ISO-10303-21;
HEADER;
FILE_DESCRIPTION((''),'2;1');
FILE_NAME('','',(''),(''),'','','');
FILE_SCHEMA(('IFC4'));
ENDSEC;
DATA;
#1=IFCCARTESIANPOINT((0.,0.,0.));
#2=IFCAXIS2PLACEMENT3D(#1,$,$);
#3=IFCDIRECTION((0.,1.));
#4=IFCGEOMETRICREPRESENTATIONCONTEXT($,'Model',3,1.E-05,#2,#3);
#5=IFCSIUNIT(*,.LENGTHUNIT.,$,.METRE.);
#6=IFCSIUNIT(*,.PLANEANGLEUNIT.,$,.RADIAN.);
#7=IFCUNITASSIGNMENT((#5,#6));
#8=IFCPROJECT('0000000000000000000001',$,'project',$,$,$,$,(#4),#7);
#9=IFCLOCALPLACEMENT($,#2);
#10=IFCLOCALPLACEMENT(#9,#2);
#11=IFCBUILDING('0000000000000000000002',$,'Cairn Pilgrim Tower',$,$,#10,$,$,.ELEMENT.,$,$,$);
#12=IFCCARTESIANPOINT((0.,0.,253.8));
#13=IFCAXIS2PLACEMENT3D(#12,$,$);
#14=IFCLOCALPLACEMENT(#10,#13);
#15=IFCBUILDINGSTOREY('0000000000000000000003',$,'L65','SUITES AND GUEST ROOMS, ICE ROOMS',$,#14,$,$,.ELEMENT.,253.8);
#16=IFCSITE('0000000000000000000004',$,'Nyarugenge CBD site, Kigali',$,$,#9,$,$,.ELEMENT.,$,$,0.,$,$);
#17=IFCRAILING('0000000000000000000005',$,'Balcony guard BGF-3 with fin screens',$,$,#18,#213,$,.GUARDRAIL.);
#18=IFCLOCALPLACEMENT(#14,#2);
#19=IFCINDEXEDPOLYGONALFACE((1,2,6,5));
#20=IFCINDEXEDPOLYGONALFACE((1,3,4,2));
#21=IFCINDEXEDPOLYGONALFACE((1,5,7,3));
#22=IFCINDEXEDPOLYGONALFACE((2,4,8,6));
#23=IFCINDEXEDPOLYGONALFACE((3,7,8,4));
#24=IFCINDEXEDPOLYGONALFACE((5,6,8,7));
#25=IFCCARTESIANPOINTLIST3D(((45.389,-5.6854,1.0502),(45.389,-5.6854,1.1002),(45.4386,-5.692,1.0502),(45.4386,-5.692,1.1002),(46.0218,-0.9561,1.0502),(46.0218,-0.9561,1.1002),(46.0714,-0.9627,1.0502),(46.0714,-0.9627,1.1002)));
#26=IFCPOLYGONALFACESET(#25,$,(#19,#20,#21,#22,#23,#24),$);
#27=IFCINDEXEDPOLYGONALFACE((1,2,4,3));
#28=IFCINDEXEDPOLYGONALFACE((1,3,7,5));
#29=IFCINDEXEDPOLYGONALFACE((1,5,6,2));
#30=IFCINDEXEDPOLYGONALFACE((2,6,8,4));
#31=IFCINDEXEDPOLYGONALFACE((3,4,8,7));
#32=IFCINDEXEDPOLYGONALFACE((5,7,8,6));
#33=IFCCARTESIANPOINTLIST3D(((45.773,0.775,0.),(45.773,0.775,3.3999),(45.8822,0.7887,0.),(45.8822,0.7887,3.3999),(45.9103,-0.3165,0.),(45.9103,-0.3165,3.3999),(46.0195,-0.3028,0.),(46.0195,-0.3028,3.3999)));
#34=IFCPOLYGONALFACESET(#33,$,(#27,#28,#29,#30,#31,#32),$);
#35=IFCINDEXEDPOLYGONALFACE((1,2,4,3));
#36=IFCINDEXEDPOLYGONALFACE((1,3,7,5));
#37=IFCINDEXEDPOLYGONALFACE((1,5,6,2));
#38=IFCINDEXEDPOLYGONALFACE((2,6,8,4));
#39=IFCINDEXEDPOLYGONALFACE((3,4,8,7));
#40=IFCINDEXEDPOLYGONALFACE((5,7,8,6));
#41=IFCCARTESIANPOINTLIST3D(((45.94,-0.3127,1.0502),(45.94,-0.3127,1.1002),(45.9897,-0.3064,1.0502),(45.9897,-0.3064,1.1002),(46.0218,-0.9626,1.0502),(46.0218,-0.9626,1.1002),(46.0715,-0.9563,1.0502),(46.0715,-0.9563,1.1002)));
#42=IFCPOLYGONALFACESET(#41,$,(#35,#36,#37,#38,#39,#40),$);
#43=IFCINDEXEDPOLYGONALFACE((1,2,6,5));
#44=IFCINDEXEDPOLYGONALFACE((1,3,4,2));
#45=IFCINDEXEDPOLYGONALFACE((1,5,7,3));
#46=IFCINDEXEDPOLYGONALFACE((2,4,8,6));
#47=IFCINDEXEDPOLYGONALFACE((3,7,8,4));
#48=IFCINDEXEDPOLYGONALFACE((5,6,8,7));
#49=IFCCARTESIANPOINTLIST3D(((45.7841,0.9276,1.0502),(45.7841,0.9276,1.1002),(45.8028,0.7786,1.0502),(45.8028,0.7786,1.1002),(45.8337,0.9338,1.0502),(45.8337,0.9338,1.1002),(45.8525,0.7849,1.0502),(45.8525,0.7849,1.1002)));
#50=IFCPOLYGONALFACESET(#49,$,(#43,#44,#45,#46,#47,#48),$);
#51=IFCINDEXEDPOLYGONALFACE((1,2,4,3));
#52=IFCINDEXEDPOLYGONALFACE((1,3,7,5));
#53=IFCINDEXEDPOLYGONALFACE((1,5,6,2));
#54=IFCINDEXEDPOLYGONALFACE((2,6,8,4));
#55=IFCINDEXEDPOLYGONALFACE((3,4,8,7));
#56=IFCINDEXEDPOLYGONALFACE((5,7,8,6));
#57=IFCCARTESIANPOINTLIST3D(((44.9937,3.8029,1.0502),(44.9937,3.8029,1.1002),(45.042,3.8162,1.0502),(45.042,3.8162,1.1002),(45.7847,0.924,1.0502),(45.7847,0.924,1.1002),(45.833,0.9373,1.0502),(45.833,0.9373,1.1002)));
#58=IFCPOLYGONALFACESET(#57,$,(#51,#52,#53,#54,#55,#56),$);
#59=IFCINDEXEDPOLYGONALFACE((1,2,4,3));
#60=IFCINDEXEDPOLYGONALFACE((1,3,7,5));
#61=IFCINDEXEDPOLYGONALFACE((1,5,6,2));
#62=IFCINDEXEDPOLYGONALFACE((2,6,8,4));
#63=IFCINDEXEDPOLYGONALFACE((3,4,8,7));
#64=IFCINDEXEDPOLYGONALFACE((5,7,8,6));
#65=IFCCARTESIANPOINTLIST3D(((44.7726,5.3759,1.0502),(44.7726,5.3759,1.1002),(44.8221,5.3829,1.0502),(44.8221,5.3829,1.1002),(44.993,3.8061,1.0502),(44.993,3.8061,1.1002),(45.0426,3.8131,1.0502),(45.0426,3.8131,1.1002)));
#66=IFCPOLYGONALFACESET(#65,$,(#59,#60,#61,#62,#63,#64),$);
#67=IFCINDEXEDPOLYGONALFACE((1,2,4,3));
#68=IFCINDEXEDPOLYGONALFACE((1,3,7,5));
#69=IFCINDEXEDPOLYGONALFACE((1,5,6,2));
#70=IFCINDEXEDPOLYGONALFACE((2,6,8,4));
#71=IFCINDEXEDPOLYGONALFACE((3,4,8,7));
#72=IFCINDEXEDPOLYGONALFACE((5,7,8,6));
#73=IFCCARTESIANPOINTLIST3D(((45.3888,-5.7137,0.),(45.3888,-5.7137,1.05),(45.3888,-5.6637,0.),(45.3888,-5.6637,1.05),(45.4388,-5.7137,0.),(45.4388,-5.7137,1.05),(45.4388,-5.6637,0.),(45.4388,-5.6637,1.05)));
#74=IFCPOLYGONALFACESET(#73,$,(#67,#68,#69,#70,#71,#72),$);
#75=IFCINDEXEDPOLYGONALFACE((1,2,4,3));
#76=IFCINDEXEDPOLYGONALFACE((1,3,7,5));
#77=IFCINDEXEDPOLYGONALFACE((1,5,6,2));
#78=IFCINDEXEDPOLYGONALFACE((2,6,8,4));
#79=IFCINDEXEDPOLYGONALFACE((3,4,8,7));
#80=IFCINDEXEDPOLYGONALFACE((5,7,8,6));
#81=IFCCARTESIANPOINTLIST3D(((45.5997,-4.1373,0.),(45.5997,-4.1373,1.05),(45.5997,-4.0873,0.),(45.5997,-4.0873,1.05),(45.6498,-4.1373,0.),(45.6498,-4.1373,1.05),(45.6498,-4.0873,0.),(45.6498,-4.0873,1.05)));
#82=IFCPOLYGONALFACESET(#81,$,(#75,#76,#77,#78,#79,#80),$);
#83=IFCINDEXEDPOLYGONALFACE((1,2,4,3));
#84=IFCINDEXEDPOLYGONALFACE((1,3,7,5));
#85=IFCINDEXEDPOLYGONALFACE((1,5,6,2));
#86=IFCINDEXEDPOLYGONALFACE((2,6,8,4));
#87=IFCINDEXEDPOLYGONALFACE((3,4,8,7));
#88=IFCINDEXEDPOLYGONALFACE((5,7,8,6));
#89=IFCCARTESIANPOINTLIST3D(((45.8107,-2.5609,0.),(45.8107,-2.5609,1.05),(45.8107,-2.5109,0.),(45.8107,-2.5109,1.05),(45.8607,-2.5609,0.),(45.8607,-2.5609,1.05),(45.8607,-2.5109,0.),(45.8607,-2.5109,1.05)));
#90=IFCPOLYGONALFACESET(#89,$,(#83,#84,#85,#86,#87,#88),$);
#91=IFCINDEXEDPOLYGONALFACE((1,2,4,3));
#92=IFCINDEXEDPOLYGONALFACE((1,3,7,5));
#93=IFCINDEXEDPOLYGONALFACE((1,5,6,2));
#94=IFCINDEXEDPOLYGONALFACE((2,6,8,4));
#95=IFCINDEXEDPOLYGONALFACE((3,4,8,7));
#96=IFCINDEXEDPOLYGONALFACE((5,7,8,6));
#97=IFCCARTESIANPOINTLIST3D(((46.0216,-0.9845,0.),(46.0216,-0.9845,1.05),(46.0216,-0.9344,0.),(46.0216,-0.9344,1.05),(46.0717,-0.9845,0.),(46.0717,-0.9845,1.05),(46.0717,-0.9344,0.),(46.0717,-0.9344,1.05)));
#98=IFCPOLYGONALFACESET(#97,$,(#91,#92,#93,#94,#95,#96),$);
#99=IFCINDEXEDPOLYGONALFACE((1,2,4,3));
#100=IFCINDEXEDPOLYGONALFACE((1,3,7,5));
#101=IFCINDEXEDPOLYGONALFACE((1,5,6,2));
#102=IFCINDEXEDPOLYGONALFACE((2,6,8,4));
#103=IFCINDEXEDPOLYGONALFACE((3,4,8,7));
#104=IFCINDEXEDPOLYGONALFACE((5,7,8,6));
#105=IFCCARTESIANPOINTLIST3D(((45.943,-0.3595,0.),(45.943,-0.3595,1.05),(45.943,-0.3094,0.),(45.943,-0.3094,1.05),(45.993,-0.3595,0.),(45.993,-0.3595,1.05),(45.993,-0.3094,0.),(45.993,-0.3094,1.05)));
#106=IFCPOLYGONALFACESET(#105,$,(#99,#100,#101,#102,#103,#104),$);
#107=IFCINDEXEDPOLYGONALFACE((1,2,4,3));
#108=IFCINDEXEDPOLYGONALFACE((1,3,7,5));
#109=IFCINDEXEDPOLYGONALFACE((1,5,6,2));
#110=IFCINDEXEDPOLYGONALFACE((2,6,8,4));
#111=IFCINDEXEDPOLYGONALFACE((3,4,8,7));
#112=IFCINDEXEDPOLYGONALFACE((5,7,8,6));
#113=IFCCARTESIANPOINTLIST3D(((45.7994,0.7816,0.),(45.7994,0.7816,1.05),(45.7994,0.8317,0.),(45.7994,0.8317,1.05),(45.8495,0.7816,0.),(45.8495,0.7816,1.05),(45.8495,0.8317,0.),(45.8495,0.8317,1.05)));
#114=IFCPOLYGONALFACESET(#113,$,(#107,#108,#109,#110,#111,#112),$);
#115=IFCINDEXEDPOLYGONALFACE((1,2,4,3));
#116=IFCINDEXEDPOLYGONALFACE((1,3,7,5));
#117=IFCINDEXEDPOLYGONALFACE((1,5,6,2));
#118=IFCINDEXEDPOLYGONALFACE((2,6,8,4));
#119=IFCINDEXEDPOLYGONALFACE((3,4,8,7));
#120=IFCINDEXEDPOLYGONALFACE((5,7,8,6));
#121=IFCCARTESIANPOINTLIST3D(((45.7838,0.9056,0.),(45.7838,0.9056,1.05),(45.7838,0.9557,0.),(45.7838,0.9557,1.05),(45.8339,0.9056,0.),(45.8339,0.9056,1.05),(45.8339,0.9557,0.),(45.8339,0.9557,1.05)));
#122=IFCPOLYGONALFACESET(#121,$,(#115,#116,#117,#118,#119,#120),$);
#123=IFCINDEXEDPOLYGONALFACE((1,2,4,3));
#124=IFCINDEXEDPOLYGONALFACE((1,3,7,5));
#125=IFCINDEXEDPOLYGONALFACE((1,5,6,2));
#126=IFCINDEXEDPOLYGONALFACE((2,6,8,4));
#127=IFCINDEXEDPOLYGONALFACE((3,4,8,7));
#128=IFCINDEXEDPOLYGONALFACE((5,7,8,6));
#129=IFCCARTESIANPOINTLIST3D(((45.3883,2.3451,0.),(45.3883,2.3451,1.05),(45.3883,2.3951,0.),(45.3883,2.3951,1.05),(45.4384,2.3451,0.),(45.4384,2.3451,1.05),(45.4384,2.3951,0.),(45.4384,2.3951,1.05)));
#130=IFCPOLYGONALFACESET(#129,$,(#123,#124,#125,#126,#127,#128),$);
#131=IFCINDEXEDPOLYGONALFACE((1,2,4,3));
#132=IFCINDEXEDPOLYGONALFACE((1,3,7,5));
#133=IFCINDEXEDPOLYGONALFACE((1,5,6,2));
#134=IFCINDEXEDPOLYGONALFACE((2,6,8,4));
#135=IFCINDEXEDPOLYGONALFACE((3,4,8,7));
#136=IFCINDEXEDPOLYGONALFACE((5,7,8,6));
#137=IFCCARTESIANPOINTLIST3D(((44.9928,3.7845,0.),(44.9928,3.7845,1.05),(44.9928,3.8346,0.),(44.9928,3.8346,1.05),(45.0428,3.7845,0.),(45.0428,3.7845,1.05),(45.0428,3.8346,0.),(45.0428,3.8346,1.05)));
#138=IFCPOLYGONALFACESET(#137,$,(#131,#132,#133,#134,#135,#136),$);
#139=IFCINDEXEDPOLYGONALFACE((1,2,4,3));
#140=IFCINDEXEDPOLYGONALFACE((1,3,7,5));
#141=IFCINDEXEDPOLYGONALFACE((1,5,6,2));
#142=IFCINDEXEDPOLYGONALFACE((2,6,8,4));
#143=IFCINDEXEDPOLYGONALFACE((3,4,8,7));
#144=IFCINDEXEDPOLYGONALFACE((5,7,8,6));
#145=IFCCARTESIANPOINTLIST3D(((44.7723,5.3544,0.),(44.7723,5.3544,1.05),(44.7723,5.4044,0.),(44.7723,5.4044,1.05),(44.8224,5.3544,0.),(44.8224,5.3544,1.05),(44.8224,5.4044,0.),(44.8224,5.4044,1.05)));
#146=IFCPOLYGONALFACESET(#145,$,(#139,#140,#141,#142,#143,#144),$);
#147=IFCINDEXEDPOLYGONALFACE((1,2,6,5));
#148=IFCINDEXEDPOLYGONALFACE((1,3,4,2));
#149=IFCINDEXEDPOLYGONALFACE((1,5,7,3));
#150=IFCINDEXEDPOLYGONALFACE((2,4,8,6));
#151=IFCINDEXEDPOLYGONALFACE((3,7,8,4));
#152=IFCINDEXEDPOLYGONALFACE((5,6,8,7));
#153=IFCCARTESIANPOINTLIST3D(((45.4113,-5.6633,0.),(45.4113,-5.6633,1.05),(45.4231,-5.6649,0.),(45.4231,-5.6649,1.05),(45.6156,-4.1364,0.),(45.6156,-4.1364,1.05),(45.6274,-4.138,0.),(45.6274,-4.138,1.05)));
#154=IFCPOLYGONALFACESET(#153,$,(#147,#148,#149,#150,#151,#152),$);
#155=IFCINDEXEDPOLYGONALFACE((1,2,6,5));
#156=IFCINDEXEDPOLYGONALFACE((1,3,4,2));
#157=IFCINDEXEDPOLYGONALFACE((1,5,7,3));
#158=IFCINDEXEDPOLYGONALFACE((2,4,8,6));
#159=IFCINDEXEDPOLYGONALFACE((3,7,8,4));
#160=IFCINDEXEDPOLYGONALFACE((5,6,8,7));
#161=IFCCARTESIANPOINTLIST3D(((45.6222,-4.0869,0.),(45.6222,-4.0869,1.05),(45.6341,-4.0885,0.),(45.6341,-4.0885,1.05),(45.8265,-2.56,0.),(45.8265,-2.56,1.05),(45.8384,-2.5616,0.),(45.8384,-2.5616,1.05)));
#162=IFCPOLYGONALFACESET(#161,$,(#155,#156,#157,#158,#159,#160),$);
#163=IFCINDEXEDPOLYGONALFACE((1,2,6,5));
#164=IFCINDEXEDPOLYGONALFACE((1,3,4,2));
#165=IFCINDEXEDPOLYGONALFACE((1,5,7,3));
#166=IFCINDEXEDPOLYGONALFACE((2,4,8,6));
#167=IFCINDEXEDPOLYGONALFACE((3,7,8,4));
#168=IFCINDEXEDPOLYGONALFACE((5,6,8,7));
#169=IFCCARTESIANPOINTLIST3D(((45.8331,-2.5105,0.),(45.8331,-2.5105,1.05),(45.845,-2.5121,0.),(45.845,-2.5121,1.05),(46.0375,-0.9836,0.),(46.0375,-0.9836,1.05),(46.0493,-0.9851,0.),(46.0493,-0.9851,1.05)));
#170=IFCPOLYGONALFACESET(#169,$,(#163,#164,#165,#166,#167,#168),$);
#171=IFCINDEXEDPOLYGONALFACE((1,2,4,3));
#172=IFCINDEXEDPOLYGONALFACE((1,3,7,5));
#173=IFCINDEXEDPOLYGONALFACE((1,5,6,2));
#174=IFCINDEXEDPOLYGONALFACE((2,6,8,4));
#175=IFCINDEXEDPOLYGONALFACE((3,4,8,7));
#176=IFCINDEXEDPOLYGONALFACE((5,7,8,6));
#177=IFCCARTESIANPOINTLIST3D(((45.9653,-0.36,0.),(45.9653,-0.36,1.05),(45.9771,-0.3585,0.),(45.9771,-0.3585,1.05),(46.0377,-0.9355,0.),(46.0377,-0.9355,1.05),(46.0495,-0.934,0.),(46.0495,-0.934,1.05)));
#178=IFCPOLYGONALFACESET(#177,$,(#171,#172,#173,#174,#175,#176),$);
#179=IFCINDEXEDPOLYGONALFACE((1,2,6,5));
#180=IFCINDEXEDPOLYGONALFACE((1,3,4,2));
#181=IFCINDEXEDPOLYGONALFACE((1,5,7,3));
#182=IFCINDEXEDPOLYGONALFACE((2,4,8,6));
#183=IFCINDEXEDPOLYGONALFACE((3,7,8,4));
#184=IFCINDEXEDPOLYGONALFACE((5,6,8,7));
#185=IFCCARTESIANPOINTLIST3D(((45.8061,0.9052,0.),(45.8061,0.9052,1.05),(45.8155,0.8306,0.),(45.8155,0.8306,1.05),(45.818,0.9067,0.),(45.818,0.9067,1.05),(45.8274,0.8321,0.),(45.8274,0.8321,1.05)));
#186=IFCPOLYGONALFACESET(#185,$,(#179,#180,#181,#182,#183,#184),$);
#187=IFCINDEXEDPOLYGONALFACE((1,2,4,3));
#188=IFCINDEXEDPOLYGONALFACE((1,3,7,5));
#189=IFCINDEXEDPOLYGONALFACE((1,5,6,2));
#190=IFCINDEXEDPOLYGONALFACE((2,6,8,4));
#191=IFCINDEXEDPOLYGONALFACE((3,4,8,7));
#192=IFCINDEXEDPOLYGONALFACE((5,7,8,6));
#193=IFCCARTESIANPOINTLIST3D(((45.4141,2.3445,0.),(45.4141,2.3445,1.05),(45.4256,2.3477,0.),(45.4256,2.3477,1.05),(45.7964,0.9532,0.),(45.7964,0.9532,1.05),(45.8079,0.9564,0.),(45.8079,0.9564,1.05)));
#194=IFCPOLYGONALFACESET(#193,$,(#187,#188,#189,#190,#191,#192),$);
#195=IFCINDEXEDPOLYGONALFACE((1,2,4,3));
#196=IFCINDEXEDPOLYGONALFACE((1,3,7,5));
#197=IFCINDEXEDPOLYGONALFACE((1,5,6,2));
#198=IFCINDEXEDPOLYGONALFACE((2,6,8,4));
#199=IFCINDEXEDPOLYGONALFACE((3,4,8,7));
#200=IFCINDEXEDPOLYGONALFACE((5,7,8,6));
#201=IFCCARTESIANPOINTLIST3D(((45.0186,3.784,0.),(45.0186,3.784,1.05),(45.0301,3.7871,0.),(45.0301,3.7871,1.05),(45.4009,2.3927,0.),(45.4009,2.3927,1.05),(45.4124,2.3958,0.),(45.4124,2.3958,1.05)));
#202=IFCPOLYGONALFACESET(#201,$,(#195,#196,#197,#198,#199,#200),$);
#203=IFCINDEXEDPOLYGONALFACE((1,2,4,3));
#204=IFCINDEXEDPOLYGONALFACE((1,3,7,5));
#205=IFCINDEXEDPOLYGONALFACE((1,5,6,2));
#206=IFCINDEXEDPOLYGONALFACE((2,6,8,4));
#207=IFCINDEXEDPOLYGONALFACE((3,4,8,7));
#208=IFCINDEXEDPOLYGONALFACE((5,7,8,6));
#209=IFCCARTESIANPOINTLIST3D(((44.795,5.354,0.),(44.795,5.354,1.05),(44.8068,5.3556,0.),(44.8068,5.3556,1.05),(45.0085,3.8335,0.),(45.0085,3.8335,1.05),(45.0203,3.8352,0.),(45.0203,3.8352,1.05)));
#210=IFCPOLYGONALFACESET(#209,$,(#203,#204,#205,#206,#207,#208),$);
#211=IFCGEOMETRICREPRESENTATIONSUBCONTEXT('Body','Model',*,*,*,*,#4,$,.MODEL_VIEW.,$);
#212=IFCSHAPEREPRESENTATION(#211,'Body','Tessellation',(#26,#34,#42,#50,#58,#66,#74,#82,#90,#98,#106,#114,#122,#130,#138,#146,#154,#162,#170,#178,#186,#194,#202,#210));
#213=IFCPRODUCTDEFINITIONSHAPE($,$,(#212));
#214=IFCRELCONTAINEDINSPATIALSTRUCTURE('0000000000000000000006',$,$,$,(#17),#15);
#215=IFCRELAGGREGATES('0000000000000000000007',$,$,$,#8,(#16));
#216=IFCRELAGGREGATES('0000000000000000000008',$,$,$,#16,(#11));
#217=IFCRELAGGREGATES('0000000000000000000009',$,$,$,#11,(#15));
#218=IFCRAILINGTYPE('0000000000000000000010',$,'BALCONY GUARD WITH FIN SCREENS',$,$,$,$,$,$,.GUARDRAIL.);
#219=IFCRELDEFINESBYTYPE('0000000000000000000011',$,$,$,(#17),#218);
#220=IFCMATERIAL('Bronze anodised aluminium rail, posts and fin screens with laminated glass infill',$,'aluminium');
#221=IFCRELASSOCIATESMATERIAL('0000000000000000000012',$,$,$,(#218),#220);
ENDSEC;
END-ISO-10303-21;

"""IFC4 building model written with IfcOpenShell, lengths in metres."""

from ifc_helpers import new_model, si_unit, direction, frame, origin, origin_2d, place, context, subcontext, project, spatial, polyline, rectangle, outline, extrude, material, type_object, element, save


model = new_model("IFC4")

# Units and contexts
model_context = context("Model", 3, precision=1e-05, world=origin(), true_north=direction((0.0, 1.0)))
body_context = subcontext(model_context, "Body", "Model", "MODEL_VIEW")
ifc_project = project(units=[si_unit("LENGTHUNIT", "METRE"), si_unit("PLANEANGLEUNIT", "RADIAN")], contexts=[model_context])

# Site, building, storey
site_placement = place(None, origin())
site = spatial("IfcSite", under=ifc_project, at=site_placement, Name="Nyarugenge CBD site, Kigali", CompositionType="ELEMENT", RefElevation=0.0)
building_placement = place(site_placement, origin())
building = spatial("IfcBuilding", under=site, at=building_placement, Name="Cairn Pilgrim Tower", CompositionType="ELEMENT")
storey_placement = place(building_placement, frame((0.0, 0.0, 253.8)))
storey = spatial("IfcBuildingStorey", under=building, at=storey_placement, Name="L65", Description="SUITES AND GUEST ROOMS, ICE ROOMS", CompositionType="ELEMENT", Elevation=253.8)

# Railing
ifc_material_1 = material(Name="Bronze anodised aluminium rail, posts and fin screens with laminated glass infill", Category="aluminium")
railing_type = type_object("IfcRailingType", Name="BALCONY GUARD WITH FIN SCREENS", PredefinedType="GUARDRAIL", material=ifc_material_1)
railing_placement = place(storey_placement, frame((45.4138, -5.6887, 0.0)))
element("IfcRailing", 1, at=railing_placement, inside=storey, type_object=railing_type, Name="Balcony guard BGF-3 with fin screens", PredefinedType="GUARDRAIL", context=body_context, shape_type="SweptSolid", body=[
    extrude(rectangle(XDim=0.05, YDim=0.05, at=origin_2d()), frame((0.0, 0.0, 1.0752), z_axis=(0.132626, 0.991166, 0.0), x_axis=(-0.991166, 0.132626, 0.0)), (0.0, 0.0, 1.0), 4.7715),
    extrude(rectangle(XDim=1.1001, YDim=0.1101, at=origin_2d()), frame((0.4824, 5.9248, 0.0), z_axis=(0.0, 0.0, 1.0), x_axis=(-0.124823, 0.992179, 0.0)), (0.0, 0.0, 1.0), 3.3999),
    extrude(rectangle(XDim=0.05, YDim=0.05, at=origin_2d()), frame((0.6328, 4.7292, 1.0752), z_axis=(-0.124823, 0.992179, 0.0), x_axis=(-0.992179, -0.124823, 0.0)), (0.0, 0.0, 1.0), 0.655),
    extrude(rectangle(XDim=0.05, YDim=0.05, at=origin_2d()), frame((0.4138, 6.4705, 1.0752), z_axis=(-0.124823, 0.992179, 0.0), x_axis=(-0.992179, -0.124823, 0.0)), (0.0, 0.0, 1.0), 0.1501),
    extrude(rectangle(XDim=0.05, YDim=0.05, at=origin_2d()), frame((0.395, 6.6194, 1.0752), z_axis=(-0.264944, 0.964264, 0.0), x_axis=(-0.964264, -0.264944, 0.0)), (0.0, 0.0, 1.0), 2.9856),
    extrude(rectangle(XDim=0.05, YDim=0.05, at=origin_2d()), frame((-0.396, 9.4983, 1.0752), z_axis=(-0.139071, 0.990282, 0.0), x_axis=(-0.990282, -0.139071, 0.0)), (0.0, 0.0, 1.0), 1.5852),
    extrude(rectangle(XDim=0.05, YDim=0.05, at=origin_2d()), origin(), (0.0, 0.0, 1.0), 1.05),
    extrude(rectangle(XDim=0.05, YDim=0.05, at=origin_2d()), frame((0.2109, 1.5764, 0.0)), (0.0, 0.0, 1.0), 1.05),
    extrude(rectangle(XDim=0.05, YDim=0.05, at=origin_2d()), frame((0.4219, 3.1528, 0.0)), (0.0, 0.0, 1.0), 1.05),
    extrude(rectangle(XDim=0.05, YDim=0.05, at=origin_2d()), frame((0.6328, 4.7292, 0.0)), (0.0, 0.0, 1.0), 1.05),
    extrude(rectangle(XDim=0.05, YDim=0.05, at=origin_2d()), frame((0.5542, 5.3542, 0.0)), (0.0, 0.0, 1.0), 1.05),
    extrude(rectangle(XDim=0.05, YDim=0.05, at=origin_2d()), frame((0.4106, 6.4954, 0.0)), (0.0, 0.0, 1.0), 1.05),
    extrude(rectangle(XDim=0.05, YDim=0.05, at=origin_2d()), frame((0.395, 6.6194, 0.0)), (0.0, 0.0, 1.0), 1.05),
    extrude(rectangle(XDim=0.05, YDim=0.05, at=origin_2d()), frame((-0.0005, 8.0588, 0.0)), (0.0, 0.0, 1.0), 1.05),
    extrude(rectangle(XDim=0.05, YDim=0.05, at=origin_2d()), frame((-0.396, 9.4983, 0.0)), (0.0, 0.0, 1.0), 1.05),
    extrude(rectangle(XDim=0.05, YDim=0.05, at=origin_2d()), frame((-0.6165, 11.0681, 0.0)), (0.0, 0.0, 1.0), 1.05),
    extrude(outline(polyline([(0.0249, 0.0), (1.5654, 0.0), (1.5654, 1.05), (0.0249, 1.05), (0.0249, 0.0)])), frame((-0.0059, 0.0007, 0.0), z_axis=(0.991166, -0.132626, 0.0), x_axis=(0.132626, 0.991166, 0.0)), (0.0, 0.0, 1.0), 0.012),
    extrude(outline(polyline([(0.0249, 0.0), (1.5654, 0.0), (1.5654, 1.05), (0.0249, 1.05), (0.0249, 0.0)])), frame((0.2051, 1.5771, 0.0), z_axis=(0.991166, -0.132626, 0.0), x_axis=(0.132626, 0.991166, 0.0)), (0.0, 0.0, 1.0), 0.012),
    extrude(outline(polyline([(0.0249, 0.0), (1.5654, 0.0), (1.5654, 1.05), (0.0249, 1.05), (0.0249, 0.0)])), frame((0.416, 3.1536, 0.0), z_axis=(0.991166, -0.132626, 0.0), x_axis=(0.132626, 0.991166, 0.0)), (0.0, 0.0, 1.0), 0.012),
    extrude(outline(polyline([(0.0249, 0.0), (0.605, 0.0), (0.605, 1.05), (0.0249, 1.05), (0.0249, 0.0)])), frame((0.627, 4.7285, 0.0), z_axis=(0.992179, 0.124823, 0.0), x_axis=(-0.124823, 0.992179, 0.0)), (0.0, 0.0, 1.0), 0.012),
    extrude(outline(polyline([(0.0249, 0.0), (0.1001, 0.0), (0.1001, 1.05), (0.0249, 1.05), (0.0249, 0.0)])), frame((0.4048, 6.4946, 0.0), z_axis=(0.992179, 0.124823, 0.0), x_axis=(-0.124823, 0.992179, 0.0)), (0.0, 0.0, 1.0), 0.012),
    extrude(outline(polyline([(0.0249, 0.0), (1.4678, 0.0), (1.4678, 1.05), (0.0249, 1.05), (0.0249, 0.0)])), frame((0.3892, 6.6179, 0.0), z_axis=(0.964264, 0.264944, 0.0), x_axis=(-0.264944, 0.964264, 0.0)), (0.0, 0.0, 1.0), 0.012),
    extrude(outline(polyline([(0.0249, 0.0), (1.4678, 0.0), (1.4678, 1.05), (0.0249, 1.05), (0.0249, 0.0)])), frame((-0.0063, 8.0574, 0.0), z_axis=(0.964264, 0.264944, 0.0), x_axis=(-0.264944, 0.964264, 0.0)), (0.0, 0.0, 1.0), 0.012),
    extrude(outline(polyline([(0.0249, 0.0), (1.5603, 0.0), (1.5603, 1.05), (0.0249, 1.05), (0.0249, 0.0)])), frame((-0.4019, 9.4976, 0.0), z_axis=(0.990282, 0.139071, 0.0), x_axis=(-0.139071, 0.990282, 0.0)), (0.0, 0.0, 1.0), 0.012),
])

save(model, "model.ifc")
